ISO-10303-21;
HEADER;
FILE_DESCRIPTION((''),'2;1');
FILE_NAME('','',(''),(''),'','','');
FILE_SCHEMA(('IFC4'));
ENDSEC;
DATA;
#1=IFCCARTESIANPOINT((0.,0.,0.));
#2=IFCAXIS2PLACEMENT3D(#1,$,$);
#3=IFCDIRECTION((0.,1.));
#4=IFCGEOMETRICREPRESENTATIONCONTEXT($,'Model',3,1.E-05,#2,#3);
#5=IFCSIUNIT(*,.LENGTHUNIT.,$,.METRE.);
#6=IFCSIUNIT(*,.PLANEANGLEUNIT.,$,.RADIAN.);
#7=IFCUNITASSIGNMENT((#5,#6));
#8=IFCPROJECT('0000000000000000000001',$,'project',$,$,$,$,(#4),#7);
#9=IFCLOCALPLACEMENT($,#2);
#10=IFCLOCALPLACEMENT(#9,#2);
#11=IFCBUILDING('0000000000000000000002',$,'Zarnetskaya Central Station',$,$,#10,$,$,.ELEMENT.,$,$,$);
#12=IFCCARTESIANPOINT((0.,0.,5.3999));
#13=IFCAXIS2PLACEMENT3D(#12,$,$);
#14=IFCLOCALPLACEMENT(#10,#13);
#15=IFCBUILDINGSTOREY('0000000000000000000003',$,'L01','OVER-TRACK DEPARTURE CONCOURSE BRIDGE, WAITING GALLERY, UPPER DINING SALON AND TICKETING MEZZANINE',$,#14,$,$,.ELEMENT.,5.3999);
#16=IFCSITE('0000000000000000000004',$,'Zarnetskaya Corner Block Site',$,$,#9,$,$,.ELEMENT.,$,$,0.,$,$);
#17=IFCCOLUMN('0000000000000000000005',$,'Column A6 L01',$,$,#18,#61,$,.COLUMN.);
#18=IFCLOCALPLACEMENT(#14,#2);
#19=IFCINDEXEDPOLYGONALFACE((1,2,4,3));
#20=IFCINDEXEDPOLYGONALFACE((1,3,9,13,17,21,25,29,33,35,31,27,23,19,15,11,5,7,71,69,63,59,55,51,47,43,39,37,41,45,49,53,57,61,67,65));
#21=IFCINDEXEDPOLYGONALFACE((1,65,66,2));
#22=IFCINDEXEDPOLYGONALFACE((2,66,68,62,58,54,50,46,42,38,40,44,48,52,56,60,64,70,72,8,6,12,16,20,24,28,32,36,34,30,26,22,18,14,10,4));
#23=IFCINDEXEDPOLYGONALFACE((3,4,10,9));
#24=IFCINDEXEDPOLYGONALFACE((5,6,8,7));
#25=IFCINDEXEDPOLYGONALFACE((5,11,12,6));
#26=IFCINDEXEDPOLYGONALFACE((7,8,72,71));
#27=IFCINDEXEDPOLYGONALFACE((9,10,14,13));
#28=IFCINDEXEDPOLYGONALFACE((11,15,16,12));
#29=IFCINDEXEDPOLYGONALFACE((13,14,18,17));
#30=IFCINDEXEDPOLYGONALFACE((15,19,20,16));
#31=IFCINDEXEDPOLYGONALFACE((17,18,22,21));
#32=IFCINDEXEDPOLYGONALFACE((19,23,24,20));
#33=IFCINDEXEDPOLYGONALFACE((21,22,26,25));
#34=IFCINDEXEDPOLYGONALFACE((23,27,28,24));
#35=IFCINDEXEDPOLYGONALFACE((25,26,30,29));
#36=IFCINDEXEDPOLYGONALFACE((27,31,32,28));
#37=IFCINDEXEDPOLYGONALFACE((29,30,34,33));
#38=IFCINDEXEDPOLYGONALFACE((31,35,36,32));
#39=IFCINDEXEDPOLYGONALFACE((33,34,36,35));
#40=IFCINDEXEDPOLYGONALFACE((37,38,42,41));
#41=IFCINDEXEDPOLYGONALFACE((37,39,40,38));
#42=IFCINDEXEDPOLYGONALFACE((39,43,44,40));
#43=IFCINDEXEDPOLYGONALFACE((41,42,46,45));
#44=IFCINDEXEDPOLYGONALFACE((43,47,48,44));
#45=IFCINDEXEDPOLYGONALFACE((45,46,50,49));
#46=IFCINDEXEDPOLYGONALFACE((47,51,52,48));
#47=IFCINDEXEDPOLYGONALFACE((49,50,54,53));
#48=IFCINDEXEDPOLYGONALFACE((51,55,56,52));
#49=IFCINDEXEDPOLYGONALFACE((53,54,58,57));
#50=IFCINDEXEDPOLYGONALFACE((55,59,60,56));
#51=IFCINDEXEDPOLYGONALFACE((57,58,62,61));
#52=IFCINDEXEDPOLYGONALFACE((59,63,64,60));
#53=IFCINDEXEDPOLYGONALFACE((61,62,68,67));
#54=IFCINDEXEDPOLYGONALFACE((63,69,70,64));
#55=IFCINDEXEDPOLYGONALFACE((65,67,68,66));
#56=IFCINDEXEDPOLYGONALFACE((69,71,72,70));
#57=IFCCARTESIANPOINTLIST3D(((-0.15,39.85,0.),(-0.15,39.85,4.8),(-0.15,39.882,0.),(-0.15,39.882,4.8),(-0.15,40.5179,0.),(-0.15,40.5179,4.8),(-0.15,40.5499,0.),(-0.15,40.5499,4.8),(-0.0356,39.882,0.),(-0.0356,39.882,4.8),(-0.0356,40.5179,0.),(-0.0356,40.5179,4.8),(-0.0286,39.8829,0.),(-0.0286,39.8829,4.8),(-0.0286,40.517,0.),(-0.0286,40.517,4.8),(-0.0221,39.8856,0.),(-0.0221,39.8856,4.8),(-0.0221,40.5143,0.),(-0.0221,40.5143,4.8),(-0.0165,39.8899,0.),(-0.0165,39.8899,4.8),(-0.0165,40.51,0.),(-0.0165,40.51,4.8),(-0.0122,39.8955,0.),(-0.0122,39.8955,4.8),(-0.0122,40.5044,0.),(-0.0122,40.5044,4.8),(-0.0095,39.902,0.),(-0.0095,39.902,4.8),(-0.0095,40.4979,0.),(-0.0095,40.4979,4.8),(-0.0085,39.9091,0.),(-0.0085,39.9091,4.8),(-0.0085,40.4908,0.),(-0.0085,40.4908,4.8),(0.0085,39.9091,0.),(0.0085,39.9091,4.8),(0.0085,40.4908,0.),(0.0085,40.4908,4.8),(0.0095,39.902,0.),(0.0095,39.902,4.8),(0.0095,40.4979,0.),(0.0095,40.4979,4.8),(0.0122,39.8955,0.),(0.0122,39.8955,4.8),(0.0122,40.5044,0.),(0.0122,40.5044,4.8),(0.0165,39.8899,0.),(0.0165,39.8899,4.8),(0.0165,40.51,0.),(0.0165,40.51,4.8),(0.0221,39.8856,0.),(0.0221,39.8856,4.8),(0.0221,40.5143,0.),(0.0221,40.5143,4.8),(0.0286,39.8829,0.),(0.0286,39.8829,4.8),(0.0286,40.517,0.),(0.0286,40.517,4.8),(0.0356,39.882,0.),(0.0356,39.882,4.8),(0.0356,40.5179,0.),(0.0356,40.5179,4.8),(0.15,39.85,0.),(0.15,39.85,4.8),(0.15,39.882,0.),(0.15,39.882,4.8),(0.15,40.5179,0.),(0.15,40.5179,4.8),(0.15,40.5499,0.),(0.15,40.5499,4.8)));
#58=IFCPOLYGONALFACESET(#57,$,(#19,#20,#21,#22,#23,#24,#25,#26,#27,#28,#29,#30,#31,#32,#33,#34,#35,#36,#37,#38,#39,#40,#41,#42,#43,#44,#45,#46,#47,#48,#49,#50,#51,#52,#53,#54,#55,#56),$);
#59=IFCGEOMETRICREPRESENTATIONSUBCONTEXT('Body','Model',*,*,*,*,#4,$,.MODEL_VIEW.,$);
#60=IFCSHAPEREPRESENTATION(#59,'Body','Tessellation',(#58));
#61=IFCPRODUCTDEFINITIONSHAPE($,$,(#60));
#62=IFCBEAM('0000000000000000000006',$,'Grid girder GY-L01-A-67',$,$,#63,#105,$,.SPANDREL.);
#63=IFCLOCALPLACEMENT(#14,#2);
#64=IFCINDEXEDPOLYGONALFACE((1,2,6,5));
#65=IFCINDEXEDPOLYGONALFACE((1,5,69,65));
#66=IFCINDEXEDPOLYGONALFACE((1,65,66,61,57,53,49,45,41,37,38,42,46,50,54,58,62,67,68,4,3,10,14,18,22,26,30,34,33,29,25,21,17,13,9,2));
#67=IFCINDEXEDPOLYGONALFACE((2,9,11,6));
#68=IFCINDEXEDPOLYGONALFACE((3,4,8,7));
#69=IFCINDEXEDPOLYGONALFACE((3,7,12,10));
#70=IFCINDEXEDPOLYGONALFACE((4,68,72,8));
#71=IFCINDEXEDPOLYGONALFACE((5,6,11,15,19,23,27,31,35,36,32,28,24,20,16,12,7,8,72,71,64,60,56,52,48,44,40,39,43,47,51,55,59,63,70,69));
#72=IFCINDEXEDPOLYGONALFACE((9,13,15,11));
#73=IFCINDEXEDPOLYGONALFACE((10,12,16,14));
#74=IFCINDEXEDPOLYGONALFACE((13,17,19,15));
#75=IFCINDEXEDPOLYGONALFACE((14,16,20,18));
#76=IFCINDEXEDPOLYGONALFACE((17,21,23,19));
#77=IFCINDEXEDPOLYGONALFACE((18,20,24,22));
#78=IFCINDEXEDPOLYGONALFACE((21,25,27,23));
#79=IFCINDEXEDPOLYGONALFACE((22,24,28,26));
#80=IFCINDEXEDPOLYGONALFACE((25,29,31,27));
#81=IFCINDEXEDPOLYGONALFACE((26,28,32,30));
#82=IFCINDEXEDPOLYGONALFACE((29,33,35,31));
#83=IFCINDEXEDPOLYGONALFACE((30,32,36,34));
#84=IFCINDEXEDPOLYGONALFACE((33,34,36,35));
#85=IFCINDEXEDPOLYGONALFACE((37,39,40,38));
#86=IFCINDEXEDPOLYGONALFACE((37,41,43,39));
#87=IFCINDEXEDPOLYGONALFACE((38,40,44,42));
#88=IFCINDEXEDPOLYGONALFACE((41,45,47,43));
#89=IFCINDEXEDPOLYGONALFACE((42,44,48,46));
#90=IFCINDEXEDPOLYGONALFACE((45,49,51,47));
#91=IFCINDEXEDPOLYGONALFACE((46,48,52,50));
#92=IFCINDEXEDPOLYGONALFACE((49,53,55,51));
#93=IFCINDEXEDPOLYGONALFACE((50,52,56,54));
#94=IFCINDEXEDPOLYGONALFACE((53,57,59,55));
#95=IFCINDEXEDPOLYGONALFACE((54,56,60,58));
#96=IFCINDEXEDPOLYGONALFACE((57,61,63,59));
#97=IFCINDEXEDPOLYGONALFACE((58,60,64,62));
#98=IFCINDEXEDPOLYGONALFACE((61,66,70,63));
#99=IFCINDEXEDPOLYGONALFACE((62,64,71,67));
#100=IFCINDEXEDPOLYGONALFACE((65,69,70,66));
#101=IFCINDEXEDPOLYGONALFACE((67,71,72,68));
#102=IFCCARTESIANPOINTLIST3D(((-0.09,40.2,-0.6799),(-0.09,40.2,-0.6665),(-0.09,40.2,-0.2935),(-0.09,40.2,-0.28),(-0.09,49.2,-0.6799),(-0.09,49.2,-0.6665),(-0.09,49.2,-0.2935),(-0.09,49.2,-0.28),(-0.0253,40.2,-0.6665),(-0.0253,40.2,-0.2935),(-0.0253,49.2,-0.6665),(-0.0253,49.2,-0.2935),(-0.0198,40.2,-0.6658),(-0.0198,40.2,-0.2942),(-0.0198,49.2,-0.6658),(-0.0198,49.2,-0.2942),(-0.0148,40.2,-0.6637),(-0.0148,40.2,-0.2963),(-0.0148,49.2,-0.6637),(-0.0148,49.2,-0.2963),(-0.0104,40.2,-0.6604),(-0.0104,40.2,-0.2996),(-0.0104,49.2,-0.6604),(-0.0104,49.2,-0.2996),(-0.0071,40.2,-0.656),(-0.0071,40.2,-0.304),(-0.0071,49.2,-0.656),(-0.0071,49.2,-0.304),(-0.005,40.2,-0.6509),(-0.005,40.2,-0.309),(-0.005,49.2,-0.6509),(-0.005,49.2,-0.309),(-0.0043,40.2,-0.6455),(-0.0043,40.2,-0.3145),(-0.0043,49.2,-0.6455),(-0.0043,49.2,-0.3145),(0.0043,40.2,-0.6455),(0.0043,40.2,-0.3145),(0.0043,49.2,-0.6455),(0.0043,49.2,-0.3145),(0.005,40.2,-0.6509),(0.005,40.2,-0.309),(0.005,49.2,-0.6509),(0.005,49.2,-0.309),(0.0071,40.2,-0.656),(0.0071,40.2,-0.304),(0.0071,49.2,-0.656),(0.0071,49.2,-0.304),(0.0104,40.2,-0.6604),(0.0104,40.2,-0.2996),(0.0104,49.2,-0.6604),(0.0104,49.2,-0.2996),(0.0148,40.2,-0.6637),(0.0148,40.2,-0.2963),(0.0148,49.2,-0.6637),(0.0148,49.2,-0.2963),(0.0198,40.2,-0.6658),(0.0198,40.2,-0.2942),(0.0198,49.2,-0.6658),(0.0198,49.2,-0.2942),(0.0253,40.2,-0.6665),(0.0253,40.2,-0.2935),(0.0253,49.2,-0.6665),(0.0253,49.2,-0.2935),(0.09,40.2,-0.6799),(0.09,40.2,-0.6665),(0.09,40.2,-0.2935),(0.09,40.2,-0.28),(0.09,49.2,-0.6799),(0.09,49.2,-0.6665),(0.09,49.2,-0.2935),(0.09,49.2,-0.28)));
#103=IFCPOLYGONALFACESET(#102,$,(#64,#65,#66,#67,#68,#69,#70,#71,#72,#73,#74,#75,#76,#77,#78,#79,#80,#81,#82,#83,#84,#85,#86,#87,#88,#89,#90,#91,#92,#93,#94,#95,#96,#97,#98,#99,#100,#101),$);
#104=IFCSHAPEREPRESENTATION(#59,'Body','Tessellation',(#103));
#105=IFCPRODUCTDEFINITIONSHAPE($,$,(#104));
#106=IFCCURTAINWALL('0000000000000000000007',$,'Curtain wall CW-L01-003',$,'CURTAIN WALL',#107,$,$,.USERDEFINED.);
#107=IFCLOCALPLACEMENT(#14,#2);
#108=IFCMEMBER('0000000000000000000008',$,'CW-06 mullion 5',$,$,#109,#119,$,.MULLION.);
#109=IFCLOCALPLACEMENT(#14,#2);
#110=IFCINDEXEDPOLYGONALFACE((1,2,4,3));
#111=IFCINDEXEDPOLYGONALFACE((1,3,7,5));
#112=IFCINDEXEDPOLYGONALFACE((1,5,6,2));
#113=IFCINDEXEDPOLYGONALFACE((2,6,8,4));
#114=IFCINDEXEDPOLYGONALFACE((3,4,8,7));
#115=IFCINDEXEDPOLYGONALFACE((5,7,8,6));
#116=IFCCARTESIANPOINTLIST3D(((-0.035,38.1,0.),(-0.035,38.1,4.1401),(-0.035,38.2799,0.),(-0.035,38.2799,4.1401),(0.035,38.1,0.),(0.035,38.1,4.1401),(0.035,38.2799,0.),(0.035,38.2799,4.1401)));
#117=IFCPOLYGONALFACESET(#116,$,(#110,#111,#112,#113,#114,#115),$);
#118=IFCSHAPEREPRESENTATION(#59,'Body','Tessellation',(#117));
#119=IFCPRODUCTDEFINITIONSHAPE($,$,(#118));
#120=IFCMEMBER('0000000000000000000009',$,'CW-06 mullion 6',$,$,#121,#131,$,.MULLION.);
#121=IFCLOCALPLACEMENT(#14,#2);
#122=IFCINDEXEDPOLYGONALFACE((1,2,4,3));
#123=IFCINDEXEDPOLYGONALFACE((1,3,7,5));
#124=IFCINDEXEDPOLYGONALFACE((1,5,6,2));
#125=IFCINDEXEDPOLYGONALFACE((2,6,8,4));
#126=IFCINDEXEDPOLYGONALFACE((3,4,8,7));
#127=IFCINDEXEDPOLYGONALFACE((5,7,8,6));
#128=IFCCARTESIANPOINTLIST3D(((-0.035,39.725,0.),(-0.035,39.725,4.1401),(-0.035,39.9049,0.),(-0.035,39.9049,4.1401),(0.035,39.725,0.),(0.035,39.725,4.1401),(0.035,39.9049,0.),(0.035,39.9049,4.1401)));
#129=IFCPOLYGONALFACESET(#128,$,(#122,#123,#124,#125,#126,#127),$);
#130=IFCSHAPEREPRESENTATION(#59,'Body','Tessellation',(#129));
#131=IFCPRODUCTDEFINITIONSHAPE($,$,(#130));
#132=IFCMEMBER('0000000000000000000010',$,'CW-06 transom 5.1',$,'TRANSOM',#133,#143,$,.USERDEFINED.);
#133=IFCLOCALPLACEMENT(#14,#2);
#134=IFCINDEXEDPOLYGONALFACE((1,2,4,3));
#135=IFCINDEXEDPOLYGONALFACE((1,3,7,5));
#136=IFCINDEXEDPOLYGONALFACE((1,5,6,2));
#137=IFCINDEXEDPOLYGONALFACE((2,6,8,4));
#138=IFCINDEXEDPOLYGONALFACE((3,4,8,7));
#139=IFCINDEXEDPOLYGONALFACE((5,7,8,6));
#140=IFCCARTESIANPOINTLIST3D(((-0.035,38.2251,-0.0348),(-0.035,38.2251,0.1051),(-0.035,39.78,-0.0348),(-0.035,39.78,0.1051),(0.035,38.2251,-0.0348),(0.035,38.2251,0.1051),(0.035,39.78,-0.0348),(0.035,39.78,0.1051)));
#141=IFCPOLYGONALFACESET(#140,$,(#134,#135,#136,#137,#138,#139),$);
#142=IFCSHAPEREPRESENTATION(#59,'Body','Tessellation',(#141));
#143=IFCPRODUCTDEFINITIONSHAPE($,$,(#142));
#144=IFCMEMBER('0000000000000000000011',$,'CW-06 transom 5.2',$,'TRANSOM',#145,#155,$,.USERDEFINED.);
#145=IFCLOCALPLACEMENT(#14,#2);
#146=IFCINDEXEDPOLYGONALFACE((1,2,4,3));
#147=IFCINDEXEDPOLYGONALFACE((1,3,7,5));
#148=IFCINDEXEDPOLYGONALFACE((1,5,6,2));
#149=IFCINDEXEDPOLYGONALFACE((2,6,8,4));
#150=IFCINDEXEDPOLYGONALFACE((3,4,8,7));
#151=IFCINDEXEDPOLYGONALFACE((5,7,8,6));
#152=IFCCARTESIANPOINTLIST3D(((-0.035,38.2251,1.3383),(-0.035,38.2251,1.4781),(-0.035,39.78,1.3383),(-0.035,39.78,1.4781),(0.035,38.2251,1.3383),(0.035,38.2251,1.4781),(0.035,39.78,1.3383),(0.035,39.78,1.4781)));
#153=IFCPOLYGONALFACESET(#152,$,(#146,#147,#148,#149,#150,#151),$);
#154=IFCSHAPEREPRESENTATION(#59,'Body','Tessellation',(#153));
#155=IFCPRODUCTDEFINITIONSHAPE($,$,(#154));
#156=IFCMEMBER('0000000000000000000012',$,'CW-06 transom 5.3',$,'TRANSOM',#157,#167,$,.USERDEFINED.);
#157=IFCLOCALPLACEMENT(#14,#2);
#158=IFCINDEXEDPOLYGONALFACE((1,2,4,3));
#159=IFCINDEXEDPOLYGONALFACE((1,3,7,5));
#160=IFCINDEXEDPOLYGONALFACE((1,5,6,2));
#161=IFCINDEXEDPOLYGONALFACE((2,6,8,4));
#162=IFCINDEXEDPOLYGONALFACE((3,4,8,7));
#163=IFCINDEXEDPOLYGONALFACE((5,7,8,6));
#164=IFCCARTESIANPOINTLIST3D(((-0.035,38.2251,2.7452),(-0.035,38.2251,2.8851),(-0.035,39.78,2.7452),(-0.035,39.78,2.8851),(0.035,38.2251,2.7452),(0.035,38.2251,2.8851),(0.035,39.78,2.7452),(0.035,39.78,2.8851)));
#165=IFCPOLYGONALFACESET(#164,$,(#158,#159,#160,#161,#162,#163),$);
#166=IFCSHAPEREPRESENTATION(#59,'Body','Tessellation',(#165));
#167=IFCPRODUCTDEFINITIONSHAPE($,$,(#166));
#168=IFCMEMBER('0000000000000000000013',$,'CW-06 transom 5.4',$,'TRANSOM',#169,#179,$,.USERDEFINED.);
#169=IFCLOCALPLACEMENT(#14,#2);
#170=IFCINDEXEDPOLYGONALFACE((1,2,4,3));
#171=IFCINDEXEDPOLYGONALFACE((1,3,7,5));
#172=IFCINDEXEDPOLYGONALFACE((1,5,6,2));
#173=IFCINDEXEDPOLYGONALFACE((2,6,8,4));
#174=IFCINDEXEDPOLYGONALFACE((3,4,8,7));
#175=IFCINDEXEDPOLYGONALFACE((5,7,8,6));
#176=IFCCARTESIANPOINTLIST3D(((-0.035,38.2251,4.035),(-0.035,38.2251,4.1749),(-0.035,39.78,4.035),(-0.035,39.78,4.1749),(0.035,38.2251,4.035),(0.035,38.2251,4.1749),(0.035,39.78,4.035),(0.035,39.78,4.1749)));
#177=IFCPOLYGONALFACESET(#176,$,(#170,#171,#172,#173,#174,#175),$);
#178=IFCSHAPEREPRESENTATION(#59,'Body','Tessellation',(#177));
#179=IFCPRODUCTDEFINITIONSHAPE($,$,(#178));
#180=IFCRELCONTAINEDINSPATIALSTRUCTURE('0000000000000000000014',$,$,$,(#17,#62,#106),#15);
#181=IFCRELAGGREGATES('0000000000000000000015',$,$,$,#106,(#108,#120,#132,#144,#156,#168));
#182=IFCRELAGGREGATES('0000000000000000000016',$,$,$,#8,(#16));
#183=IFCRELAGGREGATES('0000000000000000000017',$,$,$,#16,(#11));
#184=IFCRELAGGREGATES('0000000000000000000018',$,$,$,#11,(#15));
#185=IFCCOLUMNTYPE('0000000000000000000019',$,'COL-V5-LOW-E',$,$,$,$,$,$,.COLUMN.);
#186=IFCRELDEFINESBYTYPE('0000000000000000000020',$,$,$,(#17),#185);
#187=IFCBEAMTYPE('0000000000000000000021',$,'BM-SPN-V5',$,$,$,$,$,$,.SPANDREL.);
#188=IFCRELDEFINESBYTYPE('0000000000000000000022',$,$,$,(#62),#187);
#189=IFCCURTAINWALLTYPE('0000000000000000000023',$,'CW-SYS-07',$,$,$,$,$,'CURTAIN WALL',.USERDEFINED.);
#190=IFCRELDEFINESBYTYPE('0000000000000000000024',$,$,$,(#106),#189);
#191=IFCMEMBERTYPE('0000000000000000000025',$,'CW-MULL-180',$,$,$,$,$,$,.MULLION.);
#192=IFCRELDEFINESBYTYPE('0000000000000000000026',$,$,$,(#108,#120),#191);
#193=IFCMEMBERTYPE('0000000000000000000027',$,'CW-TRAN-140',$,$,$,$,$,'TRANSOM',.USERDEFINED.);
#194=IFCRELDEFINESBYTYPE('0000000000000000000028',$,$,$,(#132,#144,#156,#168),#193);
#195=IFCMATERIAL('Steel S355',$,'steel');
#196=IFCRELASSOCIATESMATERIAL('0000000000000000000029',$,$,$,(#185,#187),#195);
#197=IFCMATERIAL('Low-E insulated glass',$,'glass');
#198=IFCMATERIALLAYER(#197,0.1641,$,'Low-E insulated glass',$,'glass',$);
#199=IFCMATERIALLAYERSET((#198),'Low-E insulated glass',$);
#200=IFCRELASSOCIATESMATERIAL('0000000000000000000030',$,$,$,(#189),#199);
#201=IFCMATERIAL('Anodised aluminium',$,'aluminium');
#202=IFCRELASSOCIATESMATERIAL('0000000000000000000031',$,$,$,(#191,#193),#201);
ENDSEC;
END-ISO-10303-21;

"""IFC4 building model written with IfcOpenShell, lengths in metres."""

from ifc_helpers import new_model, si_unit, direction, frame, origin, origin_2d, place, context, subcontext, project, spatial, rectangle, i_section, extrude, material, layer, layer_set, material_profile, profile_set, type_object, element, aggregate, save


model = new_model("IFC4")

# Units and contexts
model_context = context("Model", 3, precision=1e-05, world=origin(), true_north=direction((0.0, 1.0)))
body_context = subcontext(model_context, "Body", "Model", "MODEL_VIEW")
ifc_project = project(units=[si_unit("LENGTHUNIT", "METRE"), si_unit("PLANEANGLEUNIT", "RADIAN")], contexts=[model_context])

# Site, building, storey
site_placement = place(None, origin())
site = spatial("IfcSite", under=ifc_project, at=site_placement, Name="Zarnetskaya Corner Block Site", CompositionType="ELEMENT", RefElevation=0.0)
building_placement = place(site_placement, origin())
building = spatial("IfcBuilding", under=site, at=building_placement, Name="Zarnetskaya Central Station", CompositionType="ELEMENT")
storey_placement = place(building_placement, frame((0.0, 0.0, 5.3999)))
storey = spatial("IfcBuildingStorey", under=building, at=storey_placement, Name="L01", Description="OVER-TRACK DEPARTURE CONCOURSE BRIDGE, WAITING GALLERY, UPPER DINING SALON AND TICKETING MEZZANINE", CompositionType="ELEMENT", Elevation=5.3999)

# Column
ifc_material_1 = material(Name="Steel S355", Category="steel")
ifc_material_profile_1 = material_profile(ifc_material_1, i_section(OverallWidth=0.3, OverallDepth=0.7, WebThickness=0.0171, FlangeThickness=0.032, FilletRadius=0.0271, at=origin_2d()), Name="HEB 700")
ifc_profile_set_1 = profile_set([ifc_material_profile_1], Name="Steel S355")
column_type = type_object("IfcColumnType", Name="COL-V5-LOW-E", PredefinedType="COLUMN", material=ifc_profile_set_1)
column_placement = place(storey_placement, frame((0.0, 40.2, 0.0), z_axis=(0.0, 0.0, 1.0), x_axis=(1.0, 0.0, 0.0)))
element("IfcColumn", 1, at=column_placement, inside=storey, type_object=column_type, Name="Column A6 L01", PredefinedType="COLUMN", context=body_context, shape_type="SweptSolid", body=[
    extrude(i_section(OverallWidth=0.3, OverallDepth=0.7, WebThickness=0.0171, FlangeThickness=0.032, FilletRadius=0.0271, at=origin_2d()), origin(), (0.0, 0.0, 1.0), 4.8),
])

# Beam
ifc_material_profile_2 = material_profile(ifc_material_1, i_section(OverallWidth=0.1799, OverallDepth=0.3999, WebThickness=0.0085, FlangeThickness=0.0134, FilletRadius=0.021, at=origin_2d()), Name="IPE 400")
ifc_profile_set_2 = profile_set([ifc_material_profile_2], Name="Steel S355")
beam_type_1 = type_object("IfcBeamType", Name="BM-SPN-V5", PredefinedType="SPANDREL", material=ifc_profile_set_2)
beam_1_placement = place(storey_placement, frame((0.0, 40.2, -0.48), z_axis=(0.0, 1.0, 0.0), x_axis=(-1.0, 0.0, 0.0)))
element("IfcBeam", 2, at=beam_1_placement, inside=storey, type_object=beam_type_1, Name="Grid girder GY-L01-A-67", PredefinedType="SPANDREL", context=body_context, shape_type="SweptSolid", body=[
    extrude(i_section(OverallWidth=0.1799, OverallDepth=0.3999, WebThickness=0.0085, FlangeThickness=0.0134, FilletRadius=0.021, at=origin_2d()), origin(), (0.0, 0.0, 1.0), 9.0),
])

# Curtain wall, members
ifc_material_2 = material(Name="Low-E insulated glass", Category="glass")
ifc_layer_1 = layer(ifc_material_2, 0.1641, Name="Low-E insulated glass", Category="glass")
ifc_layer_set_1 = layer_set([ifc_layer_1], Name="Low-E insulated glass")
curtain_wall_type = type_object("IfcCurtainWallType", Name="CW-SYS-07", ElementType="CURTAIN WALL", PredefinedType="USERDEFINED", material=ifc_layer_set_1)
curtain_wall_placement = place(storey_placement, origin())
curtain_wall = element("IfcCurtainWall", 3, at=curtain_wall_placement, inside=storey, type_object=curtain_wall_type, Name="Curtain wall CW-L01-003", ObjectType="CURTAIN WALL", PredefinedType="USERDEFINED")
ifc_material_3 = material(Name="Anodised aluminium", Category="aluminium")
ifc_material_profile_3 = material_profile(ifc_material_3, rectangle(XDim=0.0701, YDim=0.1799, at=origin_2d()), Name="ALU MULL 70x180")
ifc_profile_set_3 = profile_set([ifc_material_profile_3], Name="Anodised aluminium")
member_type_1 = type_object("IfcMemberType", Name="CW-MULL-180", PredefinedType="MULLION", material=ifc_profile_set_3)
member_1_placement = place(storey_placement, frame((0.0, 38.1899, 0.0), z_axis=(0.0, 0.0, 1.0), x_axis=(-1.0, 0.0, 0.0)))
member_1 = element("IfcMember", 4, at=member_1_placement, type_object=member_type_1, Name="CW-06 mullion 5", PredefinedType="MULLION", context=body_context, shape_type="SweptSolid", body=[
    extrude(rectangle(XDim=0.0701, YDim=0.1799, at=origin_2d()), origin(), (0.0, 0.0, 1.0), 4.1401),
])
member_2_placement = place(storey_placement, frame((0.0, 39.8149, 0.0), z_axis=(0.0, 0.0, 1.0), x_axis=(-1.0, 0.0, 0.0)))
member_2 = element("IfcMember", 5, at=member_2_placement, type_object=member_type_1, Name="CW-06 mullion 6", PredefinedType="MULLION", context=body_context, shape_type="SweptSolid", body=[
    extrude(rectangle(XDim=0.0701, YDim=0.1799, at=origin_2d()), origin(), (0.0, 0.0, 1.0), 4.1401),
])
ifc_material_profile_4 = material_profile(ifc_material_3, rectangle(XDim=0.0701, YDim=0.1399, at=origin_2d()), Name="ALU TRAN 70x140")
ifc_profile_set_4 = profile_set([ifc_material_profile_4], Name="Anodised aluminium")
member_type_2 = type_object("IfcMemberType", Name="CW-TRAN-140", ElementType="TRANSOM", PredefinedType="USERDEFINED", material=ifc_profile_set_4)
member_3_placement = place(storey_placement, frame((0.0, 38.2251, 0.0352), z_axis=(0.0, 1.0, 0.0), x_axis=(-1.0, 0.0, 0.0)))
member_3 = element("IfcMember", 6, at=member_3_placement, type_object=member_type_2, Name="CW-06 transom 5.1", ObjectType="TRANSOM", PredefinedType="USERDEFINED", context=body_context, shape_type="SweptSolid", body=[
    extrude(rectangle(XDim=0.0701, YDim=0.1399, at=origin_2d()), origin(), (0.0, 0.0, 1.0), 1.5549),
])
member_4_placement = place(storey_placement, frame((0.0, 38.2251, 1.4082), z_axis=(0.0, 1.0, 0.0), x_axis=(-1.0, 0.0, 0.0)))
member_4 = element("IfcMember", 7, at=member_4_placement, type_object=member_type_2, Name="CW-06 transom 5.2", ObjectType="TRANSOM", PredefinedType="USERDEFINED", context=body_context, shape_type="SweptSolid", body=[
    extrude(rectangle(XDim=0.0701, YDim=0.1399, at=origin_2d()), origin(), (0.0, 0.0, 1.0), 1.5549),
])
member_5_placement = place(storey_placement, frame((0.0, 38.2251, 2.8152), z_axis=(0.0, 1.0, 0.0), x_axis=(-1.0, 0.0, 0.0)))
member_5 = element("IfcMember", 8, at=member_5_placement, type_object=member_type_2, Name="CW-06 transom 5.3", ObjectType="TRANSOM", PredefinedType="USERDEFINED", context=body_context, shape_type="SweptSolid", body=[
    extrude(rectangle(XDim=0.0701, YDim=0.1399, at=origin_2d()), origin(), (0.0, 0.0, 1.0), 1.5549),
])
member_6_placement = place(storey_placement, frame((0.0, 38.2251, 4.105), z_axis=(0.0, 1.0, 0.0), x_axis=(-1.0, 0.0, 0.0)))
member_6 = element("IfcMember", 9, at=member_6_placement, type_object=member_type_2, Name="CW-06 transom 5.4", ObjectType="TRANSOM", PredefinedType="USERDEFINED", context=body_context, shape_type="SweptSolid", body=[
    extrude(rectangle(XDim=0.0701, YDim=0.1399, at=origin_2d()), origin(), (0.0, 0.0, 1.0), 1.5549),
])

aggregate(curtain_wall, [member_1, member_2, member_3, member_4, member_5, member_6])

save(model, "model.ifc")
